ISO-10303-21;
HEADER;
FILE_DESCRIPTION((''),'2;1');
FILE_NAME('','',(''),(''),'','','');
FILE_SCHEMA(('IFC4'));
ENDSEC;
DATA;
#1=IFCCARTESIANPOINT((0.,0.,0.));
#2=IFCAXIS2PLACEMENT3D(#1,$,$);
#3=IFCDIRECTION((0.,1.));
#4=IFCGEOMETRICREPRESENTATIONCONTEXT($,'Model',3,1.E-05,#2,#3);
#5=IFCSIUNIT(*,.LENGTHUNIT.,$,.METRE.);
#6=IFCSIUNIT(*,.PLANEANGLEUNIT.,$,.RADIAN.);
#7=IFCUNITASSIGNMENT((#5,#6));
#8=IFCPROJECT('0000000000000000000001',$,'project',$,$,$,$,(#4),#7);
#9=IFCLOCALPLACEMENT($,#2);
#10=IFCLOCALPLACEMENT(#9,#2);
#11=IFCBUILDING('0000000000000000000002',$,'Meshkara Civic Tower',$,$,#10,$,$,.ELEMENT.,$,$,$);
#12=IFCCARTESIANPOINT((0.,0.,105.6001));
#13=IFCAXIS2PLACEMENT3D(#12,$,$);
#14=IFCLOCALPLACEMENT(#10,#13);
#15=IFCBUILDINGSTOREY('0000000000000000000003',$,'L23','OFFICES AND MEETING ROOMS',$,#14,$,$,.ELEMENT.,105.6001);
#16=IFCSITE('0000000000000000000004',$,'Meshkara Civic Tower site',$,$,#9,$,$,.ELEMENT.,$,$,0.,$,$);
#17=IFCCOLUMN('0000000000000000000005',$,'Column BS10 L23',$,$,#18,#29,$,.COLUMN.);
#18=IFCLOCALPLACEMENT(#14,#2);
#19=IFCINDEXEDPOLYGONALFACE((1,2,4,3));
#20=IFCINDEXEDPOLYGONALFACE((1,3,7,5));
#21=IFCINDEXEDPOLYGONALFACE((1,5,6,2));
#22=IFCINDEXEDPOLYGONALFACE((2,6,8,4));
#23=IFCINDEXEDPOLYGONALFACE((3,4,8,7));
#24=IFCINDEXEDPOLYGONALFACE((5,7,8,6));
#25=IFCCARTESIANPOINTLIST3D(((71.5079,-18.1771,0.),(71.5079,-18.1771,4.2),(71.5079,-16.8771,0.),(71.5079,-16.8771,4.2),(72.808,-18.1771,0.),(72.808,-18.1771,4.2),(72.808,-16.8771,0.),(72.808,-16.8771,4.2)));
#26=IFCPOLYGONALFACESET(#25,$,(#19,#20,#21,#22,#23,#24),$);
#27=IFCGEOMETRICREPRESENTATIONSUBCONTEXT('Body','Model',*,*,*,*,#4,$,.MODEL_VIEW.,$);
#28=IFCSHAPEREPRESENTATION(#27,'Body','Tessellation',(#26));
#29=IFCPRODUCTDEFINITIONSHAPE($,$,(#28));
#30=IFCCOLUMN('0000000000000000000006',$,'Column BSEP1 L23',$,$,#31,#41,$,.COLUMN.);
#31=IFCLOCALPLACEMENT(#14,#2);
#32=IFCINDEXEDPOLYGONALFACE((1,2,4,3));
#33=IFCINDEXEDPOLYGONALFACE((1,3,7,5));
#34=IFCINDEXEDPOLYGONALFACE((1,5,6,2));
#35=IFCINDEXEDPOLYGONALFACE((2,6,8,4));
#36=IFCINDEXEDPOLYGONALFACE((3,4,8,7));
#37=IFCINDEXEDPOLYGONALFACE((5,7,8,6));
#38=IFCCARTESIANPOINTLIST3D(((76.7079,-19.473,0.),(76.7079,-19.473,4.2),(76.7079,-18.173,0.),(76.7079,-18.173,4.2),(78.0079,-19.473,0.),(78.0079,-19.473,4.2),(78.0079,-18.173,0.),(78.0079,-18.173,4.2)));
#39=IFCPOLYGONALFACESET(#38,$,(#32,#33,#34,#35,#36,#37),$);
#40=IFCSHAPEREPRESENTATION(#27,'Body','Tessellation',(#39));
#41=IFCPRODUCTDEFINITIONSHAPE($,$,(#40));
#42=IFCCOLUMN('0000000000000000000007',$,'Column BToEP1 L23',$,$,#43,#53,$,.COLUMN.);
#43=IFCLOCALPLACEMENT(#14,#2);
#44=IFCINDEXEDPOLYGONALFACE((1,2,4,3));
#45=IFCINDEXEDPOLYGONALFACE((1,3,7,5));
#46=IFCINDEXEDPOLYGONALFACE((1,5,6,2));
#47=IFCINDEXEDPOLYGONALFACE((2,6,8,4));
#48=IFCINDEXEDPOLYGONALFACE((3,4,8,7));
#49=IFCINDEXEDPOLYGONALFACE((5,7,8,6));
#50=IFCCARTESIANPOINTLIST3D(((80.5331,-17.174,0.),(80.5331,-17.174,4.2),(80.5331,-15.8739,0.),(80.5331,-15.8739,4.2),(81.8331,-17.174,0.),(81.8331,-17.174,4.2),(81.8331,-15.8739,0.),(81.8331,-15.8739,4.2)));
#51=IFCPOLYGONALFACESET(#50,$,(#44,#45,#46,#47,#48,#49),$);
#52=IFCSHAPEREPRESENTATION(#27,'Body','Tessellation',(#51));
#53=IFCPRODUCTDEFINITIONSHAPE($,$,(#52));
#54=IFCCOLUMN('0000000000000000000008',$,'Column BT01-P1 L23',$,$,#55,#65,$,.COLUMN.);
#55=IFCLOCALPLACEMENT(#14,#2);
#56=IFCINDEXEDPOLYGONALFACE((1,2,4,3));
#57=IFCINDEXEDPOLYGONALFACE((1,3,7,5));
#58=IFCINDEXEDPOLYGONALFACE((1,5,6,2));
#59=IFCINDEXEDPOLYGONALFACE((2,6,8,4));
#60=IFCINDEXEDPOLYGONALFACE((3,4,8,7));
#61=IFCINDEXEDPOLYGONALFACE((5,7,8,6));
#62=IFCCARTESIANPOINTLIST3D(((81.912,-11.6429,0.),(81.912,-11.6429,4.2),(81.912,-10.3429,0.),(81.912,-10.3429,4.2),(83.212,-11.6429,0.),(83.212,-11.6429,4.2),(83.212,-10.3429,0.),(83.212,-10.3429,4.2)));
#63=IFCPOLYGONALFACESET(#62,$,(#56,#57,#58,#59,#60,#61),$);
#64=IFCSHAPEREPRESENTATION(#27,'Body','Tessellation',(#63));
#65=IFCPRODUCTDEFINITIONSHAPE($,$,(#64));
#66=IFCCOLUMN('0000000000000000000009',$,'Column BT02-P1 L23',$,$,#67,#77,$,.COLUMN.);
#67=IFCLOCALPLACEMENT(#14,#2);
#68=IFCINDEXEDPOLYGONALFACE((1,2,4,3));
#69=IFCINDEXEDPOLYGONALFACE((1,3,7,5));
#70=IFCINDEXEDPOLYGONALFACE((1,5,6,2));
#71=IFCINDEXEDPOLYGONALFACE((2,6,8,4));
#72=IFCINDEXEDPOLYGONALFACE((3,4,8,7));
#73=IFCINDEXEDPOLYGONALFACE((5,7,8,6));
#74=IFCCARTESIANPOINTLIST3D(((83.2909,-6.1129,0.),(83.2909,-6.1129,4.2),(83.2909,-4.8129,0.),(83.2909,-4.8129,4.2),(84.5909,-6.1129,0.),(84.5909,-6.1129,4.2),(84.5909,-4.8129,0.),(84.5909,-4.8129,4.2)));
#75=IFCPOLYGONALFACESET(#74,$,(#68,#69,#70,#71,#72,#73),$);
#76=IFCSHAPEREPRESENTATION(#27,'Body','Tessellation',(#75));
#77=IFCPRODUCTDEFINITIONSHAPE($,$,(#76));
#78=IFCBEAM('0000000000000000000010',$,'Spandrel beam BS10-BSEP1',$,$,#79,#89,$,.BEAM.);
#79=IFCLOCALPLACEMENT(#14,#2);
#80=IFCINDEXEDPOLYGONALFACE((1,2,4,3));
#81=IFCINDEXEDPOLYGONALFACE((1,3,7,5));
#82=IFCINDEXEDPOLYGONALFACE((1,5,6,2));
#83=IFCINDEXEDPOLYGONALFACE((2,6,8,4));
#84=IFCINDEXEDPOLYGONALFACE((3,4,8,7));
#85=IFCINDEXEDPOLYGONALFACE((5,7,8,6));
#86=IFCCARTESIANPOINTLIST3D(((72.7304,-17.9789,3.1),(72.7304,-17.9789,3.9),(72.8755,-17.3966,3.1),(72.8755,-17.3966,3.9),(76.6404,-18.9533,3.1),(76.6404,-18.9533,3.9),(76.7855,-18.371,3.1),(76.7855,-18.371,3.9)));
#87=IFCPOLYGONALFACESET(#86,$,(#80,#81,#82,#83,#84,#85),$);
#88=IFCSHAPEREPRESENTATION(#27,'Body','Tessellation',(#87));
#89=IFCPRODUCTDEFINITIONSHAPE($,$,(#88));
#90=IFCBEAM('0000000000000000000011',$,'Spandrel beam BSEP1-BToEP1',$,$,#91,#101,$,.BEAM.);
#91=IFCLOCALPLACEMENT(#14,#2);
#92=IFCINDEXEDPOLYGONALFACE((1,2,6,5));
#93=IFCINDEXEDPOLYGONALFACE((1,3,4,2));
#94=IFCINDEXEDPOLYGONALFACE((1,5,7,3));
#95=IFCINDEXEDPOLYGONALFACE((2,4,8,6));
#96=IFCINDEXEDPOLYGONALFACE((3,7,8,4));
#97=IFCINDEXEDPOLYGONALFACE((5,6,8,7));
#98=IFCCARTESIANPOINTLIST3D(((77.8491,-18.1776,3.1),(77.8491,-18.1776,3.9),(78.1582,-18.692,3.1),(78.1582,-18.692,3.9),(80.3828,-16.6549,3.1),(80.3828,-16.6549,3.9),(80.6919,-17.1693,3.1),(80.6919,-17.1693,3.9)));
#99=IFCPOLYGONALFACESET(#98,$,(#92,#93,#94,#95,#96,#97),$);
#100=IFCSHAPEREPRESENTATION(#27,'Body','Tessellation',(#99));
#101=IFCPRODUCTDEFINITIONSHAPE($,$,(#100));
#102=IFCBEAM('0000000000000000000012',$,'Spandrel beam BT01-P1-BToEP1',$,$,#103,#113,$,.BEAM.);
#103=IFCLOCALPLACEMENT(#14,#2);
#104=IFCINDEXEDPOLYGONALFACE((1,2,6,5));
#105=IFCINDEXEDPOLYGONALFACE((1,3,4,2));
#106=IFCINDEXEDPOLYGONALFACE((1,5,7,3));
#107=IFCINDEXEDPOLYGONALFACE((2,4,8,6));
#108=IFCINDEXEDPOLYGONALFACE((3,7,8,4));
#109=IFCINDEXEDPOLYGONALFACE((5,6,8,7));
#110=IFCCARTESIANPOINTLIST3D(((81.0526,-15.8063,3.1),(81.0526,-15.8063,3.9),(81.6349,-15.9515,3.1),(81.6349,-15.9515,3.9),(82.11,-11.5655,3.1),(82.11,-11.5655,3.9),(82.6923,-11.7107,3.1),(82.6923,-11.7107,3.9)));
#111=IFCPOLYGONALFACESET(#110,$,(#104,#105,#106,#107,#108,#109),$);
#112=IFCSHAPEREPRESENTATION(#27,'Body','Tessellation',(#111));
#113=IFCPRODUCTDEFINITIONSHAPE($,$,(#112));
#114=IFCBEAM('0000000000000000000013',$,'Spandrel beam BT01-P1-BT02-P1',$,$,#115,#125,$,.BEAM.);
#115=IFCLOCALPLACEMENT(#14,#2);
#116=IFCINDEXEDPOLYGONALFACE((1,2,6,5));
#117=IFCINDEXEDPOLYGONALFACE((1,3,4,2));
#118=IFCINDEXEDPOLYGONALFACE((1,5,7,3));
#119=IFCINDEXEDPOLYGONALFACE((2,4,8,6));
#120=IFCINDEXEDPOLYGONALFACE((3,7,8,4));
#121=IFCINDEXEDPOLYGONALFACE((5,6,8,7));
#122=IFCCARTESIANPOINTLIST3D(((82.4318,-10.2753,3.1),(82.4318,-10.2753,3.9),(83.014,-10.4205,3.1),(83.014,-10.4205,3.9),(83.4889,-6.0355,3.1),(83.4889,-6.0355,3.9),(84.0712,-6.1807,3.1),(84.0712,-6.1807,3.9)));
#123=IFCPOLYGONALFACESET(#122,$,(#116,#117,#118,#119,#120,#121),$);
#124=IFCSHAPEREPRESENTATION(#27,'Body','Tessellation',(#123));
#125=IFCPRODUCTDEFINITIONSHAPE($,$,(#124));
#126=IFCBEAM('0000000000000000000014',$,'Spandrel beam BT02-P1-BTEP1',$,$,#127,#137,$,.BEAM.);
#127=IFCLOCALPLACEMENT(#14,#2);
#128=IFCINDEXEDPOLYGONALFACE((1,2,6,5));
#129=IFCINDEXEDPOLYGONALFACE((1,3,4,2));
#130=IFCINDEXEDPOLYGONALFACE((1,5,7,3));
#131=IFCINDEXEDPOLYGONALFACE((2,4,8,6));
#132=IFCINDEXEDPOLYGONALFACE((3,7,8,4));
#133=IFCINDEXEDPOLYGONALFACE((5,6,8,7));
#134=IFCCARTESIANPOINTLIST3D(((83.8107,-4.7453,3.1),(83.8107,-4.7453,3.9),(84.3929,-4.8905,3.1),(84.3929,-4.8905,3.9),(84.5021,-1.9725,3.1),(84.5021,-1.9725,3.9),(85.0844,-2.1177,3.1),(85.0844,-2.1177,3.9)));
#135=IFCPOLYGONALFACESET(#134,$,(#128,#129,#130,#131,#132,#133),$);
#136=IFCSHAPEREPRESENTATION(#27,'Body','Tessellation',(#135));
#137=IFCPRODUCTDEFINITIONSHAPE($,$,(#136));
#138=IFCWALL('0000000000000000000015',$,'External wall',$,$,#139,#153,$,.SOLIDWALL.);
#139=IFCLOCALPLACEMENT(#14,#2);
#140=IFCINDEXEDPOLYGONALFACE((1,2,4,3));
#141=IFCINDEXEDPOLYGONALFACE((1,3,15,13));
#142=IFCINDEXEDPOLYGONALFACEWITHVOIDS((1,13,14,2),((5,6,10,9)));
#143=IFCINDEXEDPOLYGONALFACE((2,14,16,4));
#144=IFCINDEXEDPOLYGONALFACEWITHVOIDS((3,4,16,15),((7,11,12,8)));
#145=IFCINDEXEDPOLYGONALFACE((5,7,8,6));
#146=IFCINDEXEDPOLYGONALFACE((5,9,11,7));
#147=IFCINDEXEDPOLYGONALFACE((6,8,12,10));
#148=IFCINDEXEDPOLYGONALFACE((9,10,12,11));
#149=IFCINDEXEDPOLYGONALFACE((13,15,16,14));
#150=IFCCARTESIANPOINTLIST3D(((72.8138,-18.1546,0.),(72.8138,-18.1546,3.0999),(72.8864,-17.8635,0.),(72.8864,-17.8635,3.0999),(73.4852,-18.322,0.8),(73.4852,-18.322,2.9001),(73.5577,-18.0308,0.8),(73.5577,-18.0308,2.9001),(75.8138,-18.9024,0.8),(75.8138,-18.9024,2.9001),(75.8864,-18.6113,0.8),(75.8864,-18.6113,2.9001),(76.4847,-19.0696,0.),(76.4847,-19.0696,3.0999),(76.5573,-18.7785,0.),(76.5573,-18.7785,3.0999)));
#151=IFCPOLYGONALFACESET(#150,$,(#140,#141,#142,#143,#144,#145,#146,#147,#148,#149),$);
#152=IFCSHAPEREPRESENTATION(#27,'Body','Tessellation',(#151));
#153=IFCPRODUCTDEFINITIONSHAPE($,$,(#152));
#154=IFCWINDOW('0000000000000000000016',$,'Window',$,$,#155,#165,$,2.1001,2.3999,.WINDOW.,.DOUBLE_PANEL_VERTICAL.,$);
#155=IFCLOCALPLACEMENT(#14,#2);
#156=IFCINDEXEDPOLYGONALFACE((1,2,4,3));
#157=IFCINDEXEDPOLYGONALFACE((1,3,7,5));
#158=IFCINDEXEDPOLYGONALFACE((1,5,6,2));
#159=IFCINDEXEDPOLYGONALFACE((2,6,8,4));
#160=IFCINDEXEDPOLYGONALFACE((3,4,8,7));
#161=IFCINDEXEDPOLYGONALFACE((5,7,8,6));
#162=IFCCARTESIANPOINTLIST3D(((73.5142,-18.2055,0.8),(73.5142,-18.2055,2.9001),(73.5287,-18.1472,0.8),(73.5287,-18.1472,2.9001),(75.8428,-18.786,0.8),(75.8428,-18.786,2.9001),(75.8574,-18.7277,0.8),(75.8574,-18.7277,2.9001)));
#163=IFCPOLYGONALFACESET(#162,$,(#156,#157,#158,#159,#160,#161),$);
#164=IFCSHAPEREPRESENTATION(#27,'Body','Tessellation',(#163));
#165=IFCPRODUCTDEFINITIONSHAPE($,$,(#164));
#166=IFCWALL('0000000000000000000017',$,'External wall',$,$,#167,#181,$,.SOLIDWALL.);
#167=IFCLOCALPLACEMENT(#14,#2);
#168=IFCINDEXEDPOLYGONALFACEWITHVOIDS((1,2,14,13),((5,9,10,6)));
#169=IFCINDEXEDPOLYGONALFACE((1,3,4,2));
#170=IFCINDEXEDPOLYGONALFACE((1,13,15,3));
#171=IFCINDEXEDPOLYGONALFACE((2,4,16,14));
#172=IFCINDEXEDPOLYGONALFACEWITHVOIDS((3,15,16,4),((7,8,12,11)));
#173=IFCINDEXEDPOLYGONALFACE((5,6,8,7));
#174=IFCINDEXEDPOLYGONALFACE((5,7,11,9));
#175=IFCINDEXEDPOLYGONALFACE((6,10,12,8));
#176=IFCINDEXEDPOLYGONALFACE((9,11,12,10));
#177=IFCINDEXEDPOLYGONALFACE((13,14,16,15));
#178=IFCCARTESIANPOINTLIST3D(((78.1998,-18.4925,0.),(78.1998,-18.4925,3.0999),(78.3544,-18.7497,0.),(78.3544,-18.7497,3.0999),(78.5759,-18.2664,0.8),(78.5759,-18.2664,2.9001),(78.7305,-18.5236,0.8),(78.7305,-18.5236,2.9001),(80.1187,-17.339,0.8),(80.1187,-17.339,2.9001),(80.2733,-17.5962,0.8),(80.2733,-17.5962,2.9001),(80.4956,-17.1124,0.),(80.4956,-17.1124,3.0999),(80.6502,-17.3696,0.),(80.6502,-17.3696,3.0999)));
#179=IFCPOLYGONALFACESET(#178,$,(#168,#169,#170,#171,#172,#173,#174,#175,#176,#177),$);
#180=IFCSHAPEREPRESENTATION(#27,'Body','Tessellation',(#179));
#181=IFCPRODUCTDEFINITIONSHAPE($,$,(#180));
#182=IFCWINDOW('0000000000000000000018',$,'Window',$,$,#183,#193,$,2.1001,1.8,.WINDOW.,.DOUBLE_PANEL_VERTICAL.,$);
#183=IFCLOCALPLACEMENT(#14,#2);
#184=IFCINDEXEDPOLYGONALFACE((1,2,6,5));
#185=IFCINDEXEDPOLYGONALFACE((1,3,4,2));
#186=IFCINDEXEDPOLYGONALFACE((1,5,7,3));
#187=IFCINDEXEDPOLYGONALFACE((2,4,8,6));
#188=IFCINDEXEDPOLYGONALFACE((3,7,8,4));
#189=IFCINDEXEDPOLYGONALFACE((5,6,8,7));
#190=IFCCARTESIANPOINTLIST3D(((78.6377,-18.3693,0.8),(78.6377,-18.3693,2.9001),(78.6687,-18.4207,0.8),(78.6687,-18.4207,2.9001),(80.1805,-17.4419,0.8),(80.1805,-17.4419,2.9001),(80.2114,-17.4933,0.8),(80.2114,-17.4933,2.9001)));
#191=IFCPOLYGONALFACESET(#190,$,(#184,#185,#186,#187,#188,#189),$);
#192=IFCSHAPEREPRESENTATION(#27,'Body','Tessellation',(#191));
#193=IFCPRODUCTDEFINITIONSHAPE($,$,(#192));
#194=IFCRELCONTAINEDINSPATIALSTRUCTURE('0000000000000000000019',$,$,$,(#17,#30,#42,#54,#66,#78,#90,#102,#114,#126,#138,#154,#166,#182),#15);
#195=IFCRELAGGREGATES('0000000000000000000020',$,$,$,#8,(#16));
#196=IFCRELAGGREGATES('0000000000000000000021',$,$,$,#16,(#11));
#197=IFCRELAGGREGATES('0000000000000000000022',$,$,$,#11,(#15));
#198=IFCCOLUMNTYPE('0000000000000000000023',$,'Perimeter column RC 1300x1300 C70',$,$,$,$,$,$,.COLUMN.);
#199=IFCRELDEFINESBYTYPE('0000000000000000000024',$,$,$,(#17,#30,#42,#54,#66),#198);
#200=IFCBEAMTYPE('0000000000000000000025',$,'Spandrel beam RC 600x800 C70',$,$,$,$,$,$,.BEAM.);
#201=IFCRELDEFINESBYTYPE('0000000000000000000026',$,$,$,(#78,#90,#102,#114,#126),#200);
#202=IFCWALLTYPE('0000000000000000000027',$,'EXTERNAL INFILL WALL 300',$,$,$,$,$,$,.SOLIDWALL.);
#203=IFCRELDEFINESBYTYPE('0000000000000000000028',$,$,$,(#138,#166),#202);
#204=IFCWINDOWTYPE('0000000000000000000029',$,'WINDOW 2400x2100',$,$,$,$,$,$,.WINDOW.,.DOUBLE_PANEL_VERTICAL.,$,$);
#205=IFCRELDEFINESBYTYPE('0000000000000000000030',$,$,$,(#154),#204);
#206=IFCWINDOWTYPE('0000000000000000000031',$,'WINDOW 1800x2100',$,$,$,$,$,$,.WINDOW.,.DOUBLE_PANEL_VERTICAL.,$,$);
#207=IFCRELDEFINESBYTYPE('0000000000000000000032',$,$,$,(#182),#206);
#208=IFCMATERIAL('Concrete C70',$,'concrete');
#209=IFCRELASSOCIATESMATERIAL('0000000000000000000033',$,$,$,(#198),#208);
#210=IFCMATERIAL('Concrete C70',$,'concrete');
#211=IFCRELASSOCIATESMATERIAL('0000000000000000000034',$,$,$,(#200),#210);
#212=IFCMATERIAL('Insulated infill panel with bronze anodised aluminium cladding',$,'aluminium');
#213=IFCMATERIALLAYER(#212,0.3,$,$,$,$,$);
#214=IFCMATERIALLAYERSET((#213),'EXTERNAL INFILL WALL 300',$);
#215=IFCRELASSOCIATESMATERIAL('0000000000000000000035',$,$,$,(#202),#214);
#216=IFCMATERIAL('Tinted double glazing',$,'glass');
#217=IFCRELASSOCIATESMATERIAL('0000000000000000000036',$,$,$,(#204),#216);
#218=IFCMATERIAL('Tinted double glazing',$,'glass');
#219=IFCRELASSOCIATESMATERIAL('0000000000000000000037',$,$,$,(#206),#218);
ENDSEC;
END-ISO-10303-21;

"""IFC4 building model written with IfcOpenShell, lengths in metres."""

from ifc_helpers import new_model, si_unit, direction, frame, frame_2d, origin, origin_2d, place, context, subcontext, project, spatial, rectangle, extrude, material, layer, layer_set, material_profile, profile_set, type_object, element, fill, save


model = new_model("IFC4")

# Units and contexts
model_context = context("Model", 3, precision=1e-05, world=origin(), true_north=direction((0.0, 1.0)))
body_context = subcontext(model_context, "Body", "Model", "MODEL_VIEW")
ifc_project = project(units=[si_unit("LENGTHUNIT", "METRE"), si_unit("PLANEANGLEUNIT", "RADIAN")], contexts=[model_context])

# Site, building, storey
site_placement = place(None, origin())
site = spatial("IfcSite", under=ifc_project, at=site_placement, Name="Meshkara Civic Tower site", CompositionType="ELEMENT", RefElevation=0.0)
building_placement = place(site_placement, origin())
building = spatial("IfcBuilding", under=site, at=building_placement, Name="Meshkara Civic Tower", CompositionType="ELEMENT")
storey_placement = place(building_placement, frame((0.0, 0.0, 105.6001)))
storey = spatial("IfcBuildingStorey", under=building, at=storey_placement, Name="L23", Description="OFFICES AND MEETING ROOMS", CompositionType="ELEMENT", Elevation=105.6001)

# Columns
ifc_material_1 = material(Name="Concrete C70", Category="concrete")
ifc_material_profile_1 = material_profile(ifc_material_1, rectangle(XDim=1.3, YDim=1.3, at=origin_2d()))
ifc_profile_set_1 = profile_set([ifc_material_profile_1], Name="Concrete C70")
column_type = type_object("IfcColumnType", Name="Perimeter column RC 1300x1300 C70", PredefinedType="COLUMN", material=ifc_profile_set_1)
for number, where, z_axis, x_axis, name in (
    (1, (72.158, -17.5271, 0.0), (0.0, 0.0, 1.0), (1.0, 0.0, 0.0), "Column BS10 L23"),
    (2, (77.3579, -18.823, 0.0), (0.0, 0.0, 1.0), (1.0, 0.0, 0.0), "Column BSEP1 L23"),
    (3, (81.1831, -16.5239, 0.0), (0.0, 0.0, 1.0), (1.0, 0.0, 0.0), "Column BToEP1 L23"),
    (4, (82.562, -10.9929, 0.0), (0.0, 0.0, 1.0), (1.0, 0.0, 0.0), "Column BT01-P1 L23"),
    (5, (83.9409, -5.4629, 0.0), (0.0, 0.0, 1.0), (1.0, 0.0, 0.0), "Column BT02-P1 L23"),
):
    element("IfcColumn", number, at=place(storey_placement, frame(where, z_axis=z_axis, x_axis=x_axis)), inside=storey, type_object=column_type, Name=name, PredefinedType="COLUMN", context=body_context, shape_type="SweptSolid", body=[
        extrude(rectangle(XDim=1.3, YDim=1.3, at=origin_2d()), origin(), (0.0, 0.0, 1.0), 4.2),
    ])

# Beams
ifc_material_2 = material(Name="Concrete C70", Category="concrete")
ifc_material_profile_2 = material_profile(ifc_material_2, rectangle(XDim=0.6001, YDim=0.8, at=origin_2d()))
ifc_profile_set_2 = profile_set([ifc_material_profile_2], Name="Concrete C70")
beam_type = type_object("IfcBeamType", Name="Spandrel beam RC 600x800 C70", PredefinedType="BEAM", material=ifc_profile_set_2)
beam_1_placement = place(storey_placement, frame((72.803, -17.6877, 3.5), z_axis=(0.970324, -0.241808, 0.0), x_axis=(0.241808, 0.970324, 0.0)))
element("IfcBeam", 6, at=beam_1_placement, inside=storey, type_object=beam_type, Name="Spandrel beam BS10-BSEP1", PredefinedType="BEAM", context=body_context, shape_type="SweptSolid", body=[
    extrude(rectangle(XDim=0.6001, YDim=0.8, at=origin_2d()), origin(), (0.0, 0.0, 1.0), 4.0295),
])
beam_2_placement = place(storey_placement, frame((78.0037, -18.4348, 3.5), z_axis=(0.857121, 0.515115, 0.0), x_axis=(-0.515115, 0.857121, 0.0)))
element("IfcBeam", 7, at=beam_2_placement, inside=storey, type_object=beam_type, Name="Spandrel beam BSEP1-BToEP1", PredefinedType="BEAM", context=body_context, shape_type="SweptSolid", body=[
    extrude(rectangle(XDim=0.6001, YDim=0.8, at=origin_2d()), origin(), (0.0, 0.0, 1.0), 2.9561),
])
beam_3_placement = place(storey_placement, frame((81.3438, -15.8789, 3.5), z_axis=(0.241931, 0.970293, 0.0), x_axis=(-0.970293, 0.241931, 0.0)))
element("IfcBeam", 8, at=beam_3_placement, inside=storey, type_object=beam_type, Name="Spandrel beam BT01-P1-BToEP1", PredefinedType="BEAM", context=body_context, shape_type="SweptSolid", body=[
    extrude(rectangle(XDim=0.6001, YDim=0.8, at=origin_2d()), origin(), (0.0, 0.0, 1.0), 4.3706),
])
beam_4_placement = place(storey_placement, frame((82.7229, -10.3479, 3.5), z_axis=(0.241931, 0.970293, 0.0), x_axis=(-0.970293, 0.241931, 0.0)))
element("IfcBeam", 9, at=beam_4_placement, inside=storey, type_object=beam_type, Name="Spandrel beam BT01-P1-BT02-P1", PredefinedType="BEAM", context=body_context, shape_type="SweptSolid", body=[
    extrude(rectangle(XDim=0.6001, YDim=0.8, at=origin_2d()), origin(), (0.0, 0.0, 1.0), 4.3696),
])
beam_5_placement = place(storey_placement, frame((84.1018, -4.8179, 3.5), z_axis=(0.241953, 0.970288, 0.0), x_axis=(-0.970288, 0.241953, 0.0)))
element("IfcBeam", 10, at=beam_5_placement, inside=storey, type_object=beam_type, Name="Spandrel beam BT02-P1-BTEP1", PredefinedType="BEAM", context=body_context, shape_type="SweptSolid", body=[
    extrude(rectangle(XDim=0.6001, YDim=0.8, at=origin_2d()), origin(), (0.0, 0.0, 1.0), 2.8577),
])

# Walls, openings, windows
ifc_material_3 = material(Name="Insulated infill panel with bronze anodised aluminium cladding", Category="aluminium")
ifc_layer_1 = layer(ifc_material_3, 0.3)
ifc_layer_set_1 = layer_set([ifc_layer_1], Name="EXTERNAL INFILL WALL 300")
wall_type_1 = type_object("IfcWallType", Name="EXTERNAL INFILL WALL 300", PredefinedType="SOLIDWALL", material=ifc_layer_set_1)
wall_1_placement = place(storey_placement, frame((72.8501, -18.009, 0.0), z_axis=(0.0, 0.0, 1.0), x_axis=(0.970309, -0.241867, 0.0)))
wall_1 = element("IfcWall", 11, at=wall_1_placement, inside=storey, type_object=wall_type_1, Name="External wall", PredefinedType="SOLIDWALL", context=body_context, shape_type="SweptSolid", body=[
    extrude(rectangle(XDim=3.7832, YDim=0.3, at=frame_2d((1.8916, 0.0))), origin(), (0.0, 0.0, 1.0), 3.0999),
])
opening_1_placement = place(wall_1_placement, frame((0.6919, 0.0, 0.8)))
opening_1 = element("IfcOpeningElement", 12, at=opening_1_placement, cuts=wall_1, PredefinedType="OPENING", context=body_context, shape_type="SweptSolid", body=[
    extrude(rectangle(XDim=2.3999, YDim=2.1001, at=frame_2d((1.2, 1.05))), frame((0.0, 0.1599, 0.0), z_axis=(0.0, -1.0, 0.0), x_axis=(1.0, 0.0, 0.0)), (0.0, 0.0, 1.0), 0.3201),
])
ifc_material_4 = material(Name="Tinted double glazing", Category="glass")
window_type_1 = type_object("IfcWindowType", Name="WINDOW 2400x2100", PartitioningType="DOUBLE_PANEL_VERTICAL", PredefinedType="WINDOW", material=ifc_material_4)
window_1_placement = place(opening_1_placement, origin())
window_1 = element("IfcWindow", 13, at=window_1_placement, inside=storey, type_object=window_type_1, Name="Window", OverallHeight=2.1001, OverallWidth=2.3999, PartitioningType="DOUBLE_PANEL_VERTICAL", PredefinedType="WINDOW", context=body_context, shape_type="SweptSolid", body=[
    extrude(rectangle(XDim=2.3999, YDim=2.1001, at=frame_2d((1.2, 1.05))), frame((0.0, 0.03, 0.0), z_axis=(0.0, -1.0, 0.0), x_axis=(1.0, 0.0, 0.0)), (0.0, 0.0, 1.0), 0.0601),
])
fill(opening_1, window_1)
wall_2_placement = place(storey_placement, frame((78.2771, -18.6211, 0.0), z_axis=(0.0, 0.0, 1.0), x_axis=(0.857066, 0.515206, 0.0)))
wall_2 = element("IfcWall", 14, at=wall_2_placement, inside=storey, type_object=wall_type_1, Name="External wall", PredefinedType="SOLIDWALL", context=body_context, shape_type="SweptSolid", body=[
    extrude(rectangle(XDim=2.6787, YDim=0.3, at=frame_2d((1.3394, 0.0))), origin(), (0.0, 0.0, 1.0), 3.0999),
])
opening_2_placement = place(wall_2_placement, frame((0.439, 0.0, 0.8)))
opening_2 = element("IfcOpeningElement", 15, at=opening_2_placement, cuts=wall_2, PredefinedType="OPENING", context=body_context, shape_type="SweptSolid", body=[
    extrude(rectangle(XDim=1.8, YDim=2.1001, at=frame_2d((0.8999, 1.05))), frame((0.0, 0.1599, 0.0), z_axis=(0.0, -1.0, 0.0), x_axis=(1.0, 0.0, 0.0)), (0.0, 0.0, 1.0), 0.3201),
])
ifc_material_5 = material(Name="Tinted double glazing", Category="glass")
window_type_2 = type_object("IfcWindowType", Name="WINDOW 1800x2100", PartitioningType="DOUBLE_PANEL_VERTICAL", PredefinedType="WINDOW", material=ifc_material_5)
window_2_placement = place(opening_2_placement, origin())
window_2 = element("IfcWindow", 16, at=window_2_placement, inside=storey, type_object=window_type_2, Name="Window", OverallHeight=2.1001, OverallWidth=1.8, PartitioningType="DOUBLE_PANEL_VERTICAL", PredefinedType="WINDOW", context=body_context, shape_type="SweptSolid", body=[
    extrude(rectangle(XDim=1.8, YDim=2.1001, at=frame_2d((0.8999, 1.05))), frame((0.0, 0.03, 0.0), z_axis=(0.0, -1.0, 0.0), x_axis=(1.0, 0.0, 0.0)), (0.0, 0.0, 1.0), 0.0601),
])
fill(opening_2, window_2)

save(model, "model.ifc")
